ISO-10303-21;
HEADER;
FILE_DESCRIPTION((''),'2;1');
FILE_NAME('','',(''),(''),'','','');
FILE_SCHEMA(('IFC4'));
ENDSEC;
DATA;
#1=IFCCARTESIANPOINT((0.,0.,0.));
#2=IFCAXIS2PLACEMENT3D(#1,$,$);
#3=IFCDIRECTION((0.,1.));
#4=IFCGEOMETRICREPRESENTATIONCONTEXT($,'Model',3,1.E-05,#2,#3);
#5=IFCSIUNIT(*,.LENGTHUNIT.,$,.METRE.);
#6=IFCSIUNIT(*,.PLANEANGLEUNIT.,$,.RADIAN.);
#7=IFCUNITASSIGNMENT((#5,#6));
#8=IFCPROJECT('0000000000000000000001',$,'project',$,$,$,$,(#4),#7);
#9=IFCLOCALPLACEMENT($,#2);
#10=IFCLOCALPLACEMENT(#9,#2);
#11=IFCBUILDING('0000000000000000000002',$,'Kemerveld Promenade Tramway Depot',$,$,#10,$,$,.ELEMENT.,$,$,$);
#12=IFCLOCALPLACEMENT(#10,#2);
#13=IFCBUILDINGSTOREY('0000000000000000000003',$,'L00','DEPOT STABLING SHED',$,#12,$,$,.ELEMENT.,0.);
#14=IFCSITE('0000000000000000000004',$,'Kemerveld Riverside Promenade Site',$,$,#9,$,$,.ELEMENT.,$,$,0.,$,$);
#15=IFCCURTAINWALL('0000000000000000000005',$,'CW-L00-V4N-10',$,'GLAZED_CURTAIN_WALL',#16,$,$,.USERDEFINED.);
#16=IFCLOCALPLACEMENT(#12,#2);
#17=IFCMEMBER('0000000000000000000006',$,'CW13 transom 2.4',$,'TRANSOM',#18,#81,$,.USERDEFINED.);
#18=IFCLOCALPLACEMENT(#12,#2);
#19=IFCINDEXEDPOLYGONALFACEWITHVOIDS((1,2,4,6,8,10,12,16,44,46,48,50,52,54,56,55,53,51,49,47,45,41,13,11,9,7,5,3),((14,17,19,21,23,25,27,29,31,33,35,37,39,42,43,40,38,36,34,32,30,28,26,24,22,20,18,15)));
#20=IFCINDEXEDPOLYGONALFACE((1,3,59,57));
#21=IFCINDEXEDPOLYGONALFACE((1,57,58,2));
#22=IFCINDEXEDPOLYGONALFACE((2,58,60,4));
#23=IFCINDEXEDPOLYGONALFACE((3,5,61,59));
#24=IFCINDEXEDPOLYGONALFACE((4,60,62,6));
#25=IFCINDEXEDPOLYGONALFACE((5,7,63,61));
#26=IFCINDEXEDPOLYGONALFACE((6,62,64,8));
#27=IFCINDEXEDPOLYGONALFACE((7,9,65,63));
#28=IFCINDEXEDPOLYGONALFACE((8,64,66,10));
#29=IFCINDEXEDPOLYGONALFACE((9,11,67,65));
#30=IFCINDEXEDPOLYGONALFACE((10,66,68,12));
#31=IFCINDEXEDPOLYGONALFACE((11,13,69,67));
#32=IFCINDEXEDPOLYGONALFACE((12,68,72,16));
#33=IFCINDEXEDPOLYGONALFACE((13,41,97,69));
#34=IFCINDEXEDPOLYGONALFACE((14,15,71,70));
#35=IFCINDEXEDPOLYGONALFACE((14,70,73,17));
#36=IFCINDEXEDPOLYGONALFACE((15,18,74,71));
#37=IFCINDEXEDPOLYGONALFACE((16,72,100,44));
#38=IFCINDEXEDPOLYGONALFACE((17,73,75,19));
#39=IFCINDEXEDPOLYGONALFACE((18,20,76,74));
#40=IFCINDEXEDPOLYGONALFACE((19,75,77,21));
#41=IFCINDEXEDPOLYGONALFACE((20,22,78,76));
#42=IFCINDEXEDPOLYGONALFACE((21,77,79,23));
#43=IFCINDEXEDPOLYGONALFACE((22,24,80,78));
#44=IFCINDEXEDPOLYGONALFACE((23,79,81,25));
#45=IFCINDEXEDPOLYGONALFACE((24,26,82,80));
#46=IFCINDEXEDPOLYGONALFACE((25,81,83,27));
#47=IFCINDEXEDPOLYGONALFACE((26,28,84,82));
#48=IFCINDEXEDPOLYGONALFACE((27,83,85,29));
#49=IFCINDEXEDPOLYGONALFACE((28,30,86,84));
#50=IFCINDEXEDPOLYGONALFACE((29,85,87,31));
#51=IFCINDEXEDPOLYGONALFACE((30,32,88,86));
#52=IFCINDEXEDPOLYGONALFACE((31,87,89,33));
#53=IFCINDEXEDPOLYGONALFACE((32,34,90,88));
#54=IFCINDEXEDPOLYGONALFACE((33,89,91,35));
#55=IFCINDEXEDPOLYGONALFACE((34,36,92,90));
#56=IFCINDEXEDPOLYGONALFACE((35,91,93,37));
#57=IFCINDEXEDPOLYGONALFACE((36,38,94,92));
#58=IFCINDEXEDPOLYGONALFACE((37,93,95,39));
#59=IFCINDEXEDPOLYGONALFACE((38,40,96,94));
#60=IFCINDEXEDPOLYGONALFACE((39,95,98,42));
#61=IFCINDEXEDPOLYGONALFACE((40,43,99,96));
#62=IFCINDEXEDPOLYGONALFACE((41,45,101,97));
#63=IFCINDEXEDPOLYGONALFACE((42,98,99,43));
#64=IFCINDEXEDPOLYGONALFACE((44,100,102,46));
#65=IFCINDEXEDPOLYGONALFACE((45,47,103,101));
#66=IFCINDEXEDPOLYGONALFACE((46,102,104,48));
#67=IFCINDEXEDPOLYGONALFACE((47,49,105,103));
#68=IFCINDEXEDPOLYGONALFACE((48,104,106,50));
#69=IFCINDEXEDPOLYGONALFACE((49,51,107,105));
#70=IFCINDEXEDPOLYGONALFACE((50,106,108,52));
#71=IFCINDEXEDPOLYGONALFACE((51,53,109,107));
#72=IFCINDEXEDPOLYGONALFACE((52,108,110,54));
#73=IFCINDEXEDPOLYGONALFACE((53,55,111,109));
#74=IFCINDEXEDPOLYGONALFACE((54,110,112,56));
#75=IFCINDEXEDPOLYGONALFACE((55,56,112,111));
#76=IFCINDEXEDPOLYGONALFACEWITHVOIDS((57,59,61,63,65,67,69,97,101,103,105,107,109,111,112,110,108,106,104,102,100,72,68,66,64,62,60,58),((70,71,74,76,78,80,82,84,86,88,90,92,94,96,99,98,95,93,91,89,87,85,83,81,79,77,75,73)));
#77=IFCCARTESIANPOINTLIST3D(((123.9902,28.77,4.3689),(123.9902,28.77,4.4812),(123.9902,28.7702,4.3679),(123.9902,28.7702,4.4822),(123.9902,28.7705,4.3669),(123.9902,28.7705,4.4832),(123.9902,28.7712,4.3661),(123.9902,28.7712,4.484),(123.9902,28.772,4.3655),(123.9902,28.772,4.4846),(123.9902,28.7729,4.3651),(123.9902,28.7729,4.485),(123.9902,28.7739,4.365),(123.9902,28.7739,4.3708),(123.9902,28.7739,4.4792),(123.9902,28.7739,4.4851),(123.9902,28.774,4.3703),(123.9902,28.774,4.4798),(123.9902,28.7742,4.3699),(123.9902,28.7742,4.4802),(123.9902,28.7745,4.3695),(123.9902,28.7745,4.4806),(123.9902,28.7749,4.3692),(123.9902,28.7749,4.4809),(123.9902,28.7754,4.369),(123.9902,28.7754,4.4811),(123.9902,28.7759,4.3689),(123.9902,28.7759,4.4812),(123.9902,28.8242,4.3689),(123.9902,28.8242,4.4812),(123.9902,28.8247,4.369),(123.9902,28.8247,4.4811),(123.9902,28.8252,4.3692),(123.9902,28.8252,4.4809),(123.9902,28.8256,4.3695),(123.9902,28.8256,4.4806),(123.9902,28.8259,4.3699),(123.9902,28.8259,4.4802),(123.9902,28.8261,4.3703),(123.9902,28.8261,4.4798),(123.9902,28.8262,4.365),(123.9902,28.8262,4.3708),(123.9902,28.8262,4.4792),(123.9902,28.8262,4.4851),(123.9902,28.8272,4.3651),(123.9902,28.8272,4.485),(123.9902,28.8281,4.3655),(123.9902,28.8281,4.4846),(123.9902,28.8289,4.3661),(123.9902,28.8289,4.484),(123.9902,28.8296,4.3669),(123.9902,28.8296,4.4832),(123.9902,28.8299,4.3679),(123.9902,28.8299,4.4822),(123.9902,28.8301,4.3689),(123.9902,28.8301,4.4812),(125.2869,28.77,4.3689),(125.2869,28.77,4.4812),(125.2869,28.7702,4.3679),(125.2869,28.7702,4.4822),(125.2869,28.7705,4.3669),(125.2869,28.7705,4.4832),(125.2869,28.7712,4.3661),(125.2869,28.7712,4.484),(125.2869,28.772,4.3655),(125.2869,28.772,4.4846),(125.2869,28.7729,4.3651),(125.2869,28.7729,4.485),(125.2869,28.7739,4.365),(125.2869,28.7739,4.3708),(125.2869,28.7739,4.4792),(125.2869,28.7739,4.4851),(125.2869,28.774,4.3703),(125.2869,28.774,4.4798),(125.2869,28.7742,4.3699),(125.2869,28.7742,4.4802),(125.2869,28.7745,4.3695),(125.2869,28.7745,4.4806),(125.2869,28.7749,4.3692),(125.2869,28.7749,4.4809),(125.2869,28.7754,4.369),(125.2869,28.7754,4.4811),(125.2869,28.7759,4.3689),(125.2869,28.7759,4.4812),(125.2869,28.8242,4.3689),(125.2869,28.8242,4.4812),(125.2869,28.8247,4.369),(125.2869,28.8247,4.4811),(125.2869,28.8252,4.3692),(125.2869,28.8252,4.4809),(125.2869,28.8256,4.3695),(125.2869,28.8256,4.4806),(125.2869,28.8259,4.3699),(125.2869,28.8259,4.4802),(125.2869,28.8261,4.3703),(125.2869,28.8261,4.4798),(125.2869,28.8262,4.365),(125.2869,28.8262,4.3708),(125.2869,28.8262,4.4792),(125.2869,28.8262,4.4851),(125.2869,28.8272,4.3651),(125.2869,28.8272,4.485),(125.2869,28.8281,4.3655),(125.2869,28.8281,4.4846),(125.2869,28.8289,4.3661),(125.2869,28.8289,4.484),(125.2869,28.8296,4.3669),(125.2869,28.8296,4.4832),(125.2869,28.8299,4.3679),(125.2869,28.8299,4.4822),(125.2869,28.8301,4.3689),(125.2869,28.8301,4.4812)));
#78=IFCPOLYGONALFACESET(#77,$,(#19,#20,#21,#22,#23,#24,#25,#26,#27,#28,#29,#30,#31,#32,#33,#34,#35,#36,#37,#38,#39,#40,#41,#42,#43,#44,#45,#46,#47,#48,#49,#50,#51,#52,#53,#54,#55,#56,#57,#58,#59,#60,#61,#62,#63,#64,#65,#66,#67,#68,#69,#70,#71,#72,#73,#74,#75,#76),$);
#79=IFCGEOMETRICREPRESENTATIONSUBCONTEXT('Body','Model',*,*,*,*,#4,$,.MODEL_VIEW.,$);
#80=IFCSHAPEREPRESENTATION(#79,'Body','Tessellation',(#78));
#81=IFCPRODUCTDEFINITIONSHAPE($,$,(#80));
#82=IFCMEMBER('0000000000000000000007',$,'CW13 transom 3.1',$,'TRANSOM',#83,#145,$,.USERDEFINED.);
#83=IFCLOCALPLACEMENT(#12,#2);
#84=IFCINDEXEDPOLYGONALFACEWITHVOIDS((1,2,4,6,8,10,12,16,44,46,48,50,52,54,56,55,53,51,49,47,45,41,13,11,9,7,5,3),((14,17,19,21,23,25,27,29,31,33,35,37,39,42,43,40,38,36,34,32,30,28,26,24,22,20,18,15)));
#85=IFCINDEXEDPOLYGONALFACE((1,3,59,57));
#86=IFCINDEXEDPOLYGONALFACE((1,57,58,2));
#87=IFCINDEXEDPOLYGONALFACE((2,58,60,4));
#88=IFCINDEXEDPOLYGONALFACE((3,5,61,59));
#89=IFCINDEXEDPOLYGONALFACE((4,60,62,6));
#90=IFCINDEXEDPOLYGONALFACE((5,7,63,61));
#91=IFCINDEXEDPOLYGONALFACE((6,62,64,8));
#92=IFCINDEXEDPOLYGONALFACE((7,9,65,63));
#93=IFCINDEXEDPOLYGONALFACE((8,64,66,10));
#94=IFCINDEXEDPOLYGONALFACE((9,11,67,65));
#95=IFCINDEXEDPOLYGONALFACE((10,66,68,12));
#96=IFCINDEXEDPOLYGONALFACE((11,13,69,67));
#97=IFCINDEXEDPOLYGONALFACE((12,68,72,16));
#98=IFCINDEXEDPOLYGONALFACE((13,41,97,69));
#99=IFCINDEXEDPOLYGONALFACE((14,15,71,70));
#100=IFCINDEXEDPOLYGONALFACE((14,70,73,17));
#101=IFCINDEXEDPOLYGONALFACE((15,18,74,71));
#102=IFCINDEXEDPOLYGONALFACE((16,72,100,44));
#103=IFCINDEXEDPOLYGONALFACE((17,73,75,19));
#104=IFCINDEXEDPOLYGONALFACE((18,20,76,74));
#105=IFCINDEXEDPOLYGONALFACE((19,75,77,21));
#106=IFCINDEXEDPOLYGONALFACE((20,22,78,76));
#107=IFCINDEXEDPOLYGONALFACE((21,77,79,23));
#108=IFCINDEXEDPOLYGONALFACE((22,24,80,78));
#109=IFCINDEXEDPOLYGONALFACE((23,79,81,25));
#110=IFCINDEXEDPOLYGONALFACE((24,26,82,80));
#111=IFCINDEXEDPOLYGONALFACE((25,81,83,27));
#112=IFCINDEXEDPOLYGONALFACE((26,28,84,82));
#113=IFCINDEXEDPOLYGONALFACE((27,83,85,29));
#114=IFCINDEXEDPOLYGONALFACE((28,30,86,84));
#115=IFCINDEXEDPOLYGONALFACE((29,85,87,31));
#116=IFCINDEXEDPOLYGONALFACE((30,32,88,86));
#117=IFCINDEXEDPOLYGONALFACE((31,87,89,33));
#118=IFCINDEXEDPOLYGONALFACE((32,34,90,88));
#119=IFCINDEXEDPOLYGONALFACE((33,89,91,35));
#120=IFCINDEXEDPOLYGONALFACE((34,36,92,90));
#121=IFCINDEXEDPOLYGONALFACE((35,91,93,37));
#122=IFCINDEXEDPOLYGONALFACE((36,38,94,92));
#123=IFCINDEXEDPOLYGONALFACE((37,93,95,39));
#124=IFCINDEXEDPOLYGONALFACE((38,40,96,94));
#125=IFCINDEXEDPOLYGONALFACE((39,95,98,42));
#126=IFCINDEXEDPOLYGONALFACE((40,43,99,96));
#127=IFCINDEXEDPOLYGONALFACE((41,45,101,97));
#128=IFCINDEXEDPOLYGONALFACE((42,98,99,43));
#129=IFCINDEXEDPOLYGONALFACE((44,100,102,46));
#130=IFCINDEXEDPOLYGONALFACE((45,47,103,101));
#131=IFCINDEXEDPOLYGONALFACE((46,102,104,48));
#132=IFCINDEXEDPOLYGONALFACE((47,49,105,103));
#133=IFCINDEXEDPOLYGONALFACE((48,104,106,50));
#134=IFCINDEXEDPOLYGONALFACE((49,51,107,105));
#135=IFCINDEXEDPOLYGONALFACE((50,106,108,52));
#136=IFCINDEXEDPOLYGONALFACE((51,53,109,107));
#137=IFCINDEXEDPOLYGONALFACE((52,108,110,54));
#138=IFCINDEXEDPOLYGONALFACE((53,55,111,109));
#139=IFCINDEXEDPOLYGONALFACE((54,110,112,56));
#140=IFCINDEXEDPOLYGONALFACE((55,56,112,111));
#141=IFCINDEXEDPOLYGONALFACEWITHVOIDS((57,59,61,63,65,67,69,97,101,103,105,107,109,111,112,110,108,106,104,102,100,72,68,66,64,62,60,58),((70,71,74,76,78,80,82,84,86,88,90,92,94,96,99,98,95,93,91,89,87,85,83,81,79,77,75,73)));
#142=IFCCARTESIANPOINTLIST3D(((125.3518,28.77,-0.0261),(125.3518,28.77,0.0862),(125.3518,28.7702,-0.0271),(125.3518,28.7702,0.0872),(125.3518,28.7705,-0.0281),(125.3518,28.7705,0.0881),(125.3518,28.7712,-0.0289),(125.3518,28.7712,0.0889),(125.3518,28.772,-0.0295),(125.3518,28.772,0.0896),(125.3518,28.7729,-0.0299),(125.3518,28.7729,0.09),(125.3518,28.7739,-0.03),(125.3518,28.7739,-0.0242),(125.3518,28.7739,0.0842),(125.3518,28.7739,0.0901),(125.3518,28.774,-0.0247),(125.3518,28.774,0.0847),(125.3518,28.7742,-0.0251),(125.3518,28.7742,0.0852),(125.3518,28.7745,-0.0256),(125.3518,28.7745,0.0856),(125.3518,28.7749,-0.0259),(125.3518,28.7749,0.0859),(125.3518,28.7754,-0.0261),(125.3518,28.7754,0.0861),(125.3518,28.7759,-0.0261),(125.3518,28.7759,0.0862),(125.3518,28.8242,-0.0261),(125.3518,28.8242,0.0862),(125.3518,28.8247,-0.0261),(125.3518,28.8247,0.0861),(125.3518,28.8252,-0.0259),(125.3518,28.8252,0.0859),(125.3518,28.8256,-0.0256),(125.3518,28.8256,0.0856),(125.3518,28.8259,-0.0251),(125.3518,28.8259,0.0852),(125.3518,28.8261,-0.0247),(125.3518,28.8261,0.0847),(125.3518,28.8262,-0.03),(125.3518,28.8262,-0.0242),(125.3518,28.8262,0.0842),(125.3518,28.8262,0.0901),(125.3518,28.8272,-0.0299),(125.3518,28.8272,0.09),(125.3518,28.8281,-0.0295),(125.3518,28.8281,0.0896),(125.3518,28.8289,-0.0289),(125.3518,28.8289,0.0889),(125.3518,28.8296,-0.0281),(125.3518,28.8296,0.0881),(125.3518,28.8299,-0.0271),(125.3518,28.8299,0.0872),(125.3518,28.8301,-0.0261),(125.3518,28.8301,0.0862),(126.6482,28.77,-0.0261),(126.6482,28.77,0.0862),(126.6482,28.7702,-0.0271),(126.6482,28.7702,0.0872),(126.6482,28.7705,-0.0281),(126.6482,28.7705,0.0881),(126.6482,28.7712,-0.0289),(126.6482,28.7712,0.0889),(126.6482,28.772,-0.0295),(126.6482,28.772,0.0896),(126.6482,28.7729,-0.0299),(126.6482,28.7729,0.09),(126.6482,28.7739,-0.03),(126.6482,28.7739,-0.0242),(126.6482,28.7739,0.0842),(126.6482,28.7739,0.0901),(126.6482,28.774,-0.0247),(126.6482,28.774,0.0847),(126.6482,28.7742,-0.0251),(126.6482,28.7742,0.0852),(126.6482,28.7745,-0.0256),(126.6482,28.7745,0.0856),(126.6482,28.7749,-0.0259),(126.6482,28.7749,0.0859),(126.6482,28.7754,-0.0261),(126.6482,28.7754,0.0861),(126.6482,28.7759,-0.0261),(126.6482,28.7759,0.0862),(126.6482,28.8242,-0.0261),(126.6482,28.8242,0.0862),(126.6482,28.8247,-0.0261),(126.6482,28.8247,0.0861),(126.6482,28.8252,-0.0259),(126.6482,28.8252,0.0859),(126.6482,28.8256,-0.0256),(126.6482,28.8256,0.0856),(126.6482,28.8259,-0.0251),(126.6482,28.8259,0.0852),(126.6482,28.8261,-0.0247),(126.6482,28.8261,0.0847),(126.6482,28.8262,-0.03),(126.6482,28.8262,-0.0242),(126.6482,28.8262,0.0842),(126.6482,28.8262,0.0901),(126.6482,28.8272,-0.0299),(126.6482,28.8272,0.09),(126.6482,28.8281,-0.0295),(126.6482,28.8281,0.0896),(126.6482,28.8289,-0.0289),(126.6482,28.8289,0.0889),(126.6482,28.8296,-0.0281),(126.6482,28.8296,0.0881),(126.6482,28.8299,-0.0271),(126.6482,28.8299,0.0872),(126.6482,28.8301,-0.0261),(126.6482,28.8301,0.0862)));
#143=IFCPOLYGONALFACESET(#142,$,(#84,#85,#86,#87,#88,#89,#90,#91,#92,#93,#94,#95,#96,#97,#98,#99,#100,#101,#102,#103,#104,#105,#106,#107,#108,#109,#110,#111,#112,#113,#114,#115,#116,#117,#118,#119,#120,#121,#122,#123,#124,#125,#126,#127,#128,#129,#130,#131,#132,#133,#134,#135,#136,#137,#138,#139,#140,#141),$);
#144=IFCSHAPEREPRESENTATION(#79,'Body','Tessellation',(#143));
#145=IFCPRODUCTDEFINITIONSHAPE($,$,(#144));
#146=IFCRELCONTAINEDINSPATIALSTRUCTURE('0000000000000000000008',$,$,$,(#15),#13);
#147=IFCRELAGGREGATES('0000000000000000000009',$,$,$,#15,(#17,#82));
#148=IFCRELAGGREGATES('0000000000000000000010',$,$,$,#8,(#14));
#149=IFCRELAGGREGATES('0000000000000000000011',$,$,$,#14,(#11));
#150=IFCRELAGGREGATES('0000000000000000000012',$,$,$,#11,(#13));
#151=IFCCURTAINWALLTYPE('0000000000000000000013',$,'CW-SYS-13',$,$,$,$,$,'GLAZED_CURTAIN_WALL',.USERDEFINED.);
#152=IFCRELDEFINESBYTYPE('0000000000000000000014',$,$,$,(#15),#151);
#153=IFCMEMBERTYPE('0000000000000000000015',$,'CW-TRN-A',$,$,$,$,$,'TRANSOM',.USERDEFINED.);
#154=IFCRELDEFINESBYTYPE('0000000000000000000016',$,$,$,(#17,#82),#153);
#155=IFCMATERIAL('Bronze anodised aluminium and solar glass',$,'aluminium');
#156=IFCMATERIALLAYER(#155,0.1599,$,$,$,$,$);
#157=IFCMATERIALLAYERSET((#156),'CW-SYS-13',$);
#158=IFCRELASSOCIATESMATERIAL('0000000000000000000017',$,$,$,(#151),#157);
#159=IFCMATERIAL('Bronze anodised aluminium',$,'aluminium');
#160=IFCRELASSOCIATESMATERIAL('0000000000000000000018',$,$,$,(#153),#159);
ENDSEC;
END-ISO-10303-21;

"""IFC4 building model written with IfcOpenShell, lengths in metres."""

from ifc_helpers import new_model, si_unit, direction, frame, origin, origin_2d, place, context, subcontext, project, spatial, hollow_rectangle, extrude, material, layer, layer_set, material_profile, profile_set, type_object, element, aggregate, save


model = new_model("IFC4")

# Units and contexts
model_context = context("Model", 3, precision=1e-05, world=origin(), true_north=direction((0.0, 1.0)))
body_context = subcontext(model_context, "Body", "Model", "MODEL_VIEW")
ifc_project = project(units=[si_unit("LENGTHUNIT", "METRE"), si_unit("PLANEANGLEUNIT", "RADIAN")], contexts=[model_context])

# Site, building, storey
site_placement = place(None, origin())
site = spatial("IfcSite", under=ifc_project, at=site_placement, Name="Kemerveld Riverside Promenade Site", CompositionType="ELEMENT", RefElevation=0.0)
building_placement = place(site_placement, origin())
building = spatial("IfcBuilding", under=site, at=building_placement, Name="Kemerveld Promenade Tramway Depot", CompositionType="ELEMENT")
storey_placement = place(building_placement, origin())
storey = spatial("IfcBuildingStorey", under=building, at=storey_placement, Name="L00", Description="DEPOT STABLING SHED", CompositionType="ELEMENT", Elevation=0.0)

# Curtain wall, members
ifc_material_1 = material(Name="Bronze anodised aluminium and solar glass", Category="aluminium")
ifc_layer_1 = layer(ifc_material_1, 0.1599)
ifc_layer_set_1 = layer_set([ifc_layer_1], Name="CW-SYS-13")
curtain_wall_type = type_object("IfcCurtainWallType", Name="CW-SYS-13", ElementType="GLAZED_CURTAIN_WALL", PredefinedType="USERDEFINED", material=ifc_layer_set_1)
curtain_wall_placement = place(storey_placement, origin())
curtain_wall = element("IfcCurtainWall", 1, at=curtain_wall_placement, inside=storey, type_object=curtain_wall_type, Name="CW-L00-V4N-10", ObjectType="GLAZED_CURTAIN_WALL", PredefinedType="USERDEFINED")
ifc_material_2 = material(Name="Bronze anodised aluminium", Category="aluminium")
ifc_material_profile_1 = material_profile(ifc_material_2, hollow_rectangle(XDim=0.0601, YDim=0.1201, WallThickness=0.0039, InnerFilletRadius=0.002, OuterFilletRadius=0.0039, at=origin_2d()), Name="CW-TRN-120x60")
ifc_profile_set_1 = profile_set([ifc_material_profile_1], Name="Bronze anodised aluminium")
member_type_1 = type_object("IfcMemberType", Name="CW-TRN-A", ElementType="TRANSOM", PredefinedType="USERDEFINED", material=ifc_profile_set_1)
member_1_placement = place(storey_placement, frame((123.9902, 28.8, 4.425), z_axis=(1.0, 0.0, 0.0), x_axis=(0.0, 1.0, 0.0)))
member_1 = element("IfcMember", 2, at=member_1_placement, type_object=member_type_1, Name="CW13 transom 2.4", ObjectType="TRANSOM", PredefinedType="USERDEFINED", context=body_context, shape_type="SweptSolid", body=[
    extrude(hollow_rectangle(XDim=0.0601, YDim=0.1201, WallThickness=0.0039, InnerFilletRadius=0.002, OuterFilletRadius=0.0039, at=origin_2d()), origin(), (0.0, 0.0, 1.0), 1.2966),
])
member_2_placement = place(storey_placement, frame((125.3518, 28.8, 0.03), z_axis=(1.0, 0.0, 0.0), x_axis=(0.0, 1.0, 0.0)))
member_2 = element("IfcMember", 3, at=member_2_placement, type_object=member_type_1, Name="CW13 transom 3.1", ObjectType="TRANSOM", PredefinedType="USERDEFINED", context=body_context, shape_type="SweptSolid", body=[
    extrude(hollow_rectangle(XDim=0.0601, YDim=0.1201, WallThickness=0.0039, InnerFilletRadius=0.002, OuterFilletRadius=0.0039, at=origin_2d()), origin(), (0.0, 0.0, 1.0), 1.2964),
])
aggregate(curtain_wall, [member_1, member_2])

save(model, "model.ifc")
